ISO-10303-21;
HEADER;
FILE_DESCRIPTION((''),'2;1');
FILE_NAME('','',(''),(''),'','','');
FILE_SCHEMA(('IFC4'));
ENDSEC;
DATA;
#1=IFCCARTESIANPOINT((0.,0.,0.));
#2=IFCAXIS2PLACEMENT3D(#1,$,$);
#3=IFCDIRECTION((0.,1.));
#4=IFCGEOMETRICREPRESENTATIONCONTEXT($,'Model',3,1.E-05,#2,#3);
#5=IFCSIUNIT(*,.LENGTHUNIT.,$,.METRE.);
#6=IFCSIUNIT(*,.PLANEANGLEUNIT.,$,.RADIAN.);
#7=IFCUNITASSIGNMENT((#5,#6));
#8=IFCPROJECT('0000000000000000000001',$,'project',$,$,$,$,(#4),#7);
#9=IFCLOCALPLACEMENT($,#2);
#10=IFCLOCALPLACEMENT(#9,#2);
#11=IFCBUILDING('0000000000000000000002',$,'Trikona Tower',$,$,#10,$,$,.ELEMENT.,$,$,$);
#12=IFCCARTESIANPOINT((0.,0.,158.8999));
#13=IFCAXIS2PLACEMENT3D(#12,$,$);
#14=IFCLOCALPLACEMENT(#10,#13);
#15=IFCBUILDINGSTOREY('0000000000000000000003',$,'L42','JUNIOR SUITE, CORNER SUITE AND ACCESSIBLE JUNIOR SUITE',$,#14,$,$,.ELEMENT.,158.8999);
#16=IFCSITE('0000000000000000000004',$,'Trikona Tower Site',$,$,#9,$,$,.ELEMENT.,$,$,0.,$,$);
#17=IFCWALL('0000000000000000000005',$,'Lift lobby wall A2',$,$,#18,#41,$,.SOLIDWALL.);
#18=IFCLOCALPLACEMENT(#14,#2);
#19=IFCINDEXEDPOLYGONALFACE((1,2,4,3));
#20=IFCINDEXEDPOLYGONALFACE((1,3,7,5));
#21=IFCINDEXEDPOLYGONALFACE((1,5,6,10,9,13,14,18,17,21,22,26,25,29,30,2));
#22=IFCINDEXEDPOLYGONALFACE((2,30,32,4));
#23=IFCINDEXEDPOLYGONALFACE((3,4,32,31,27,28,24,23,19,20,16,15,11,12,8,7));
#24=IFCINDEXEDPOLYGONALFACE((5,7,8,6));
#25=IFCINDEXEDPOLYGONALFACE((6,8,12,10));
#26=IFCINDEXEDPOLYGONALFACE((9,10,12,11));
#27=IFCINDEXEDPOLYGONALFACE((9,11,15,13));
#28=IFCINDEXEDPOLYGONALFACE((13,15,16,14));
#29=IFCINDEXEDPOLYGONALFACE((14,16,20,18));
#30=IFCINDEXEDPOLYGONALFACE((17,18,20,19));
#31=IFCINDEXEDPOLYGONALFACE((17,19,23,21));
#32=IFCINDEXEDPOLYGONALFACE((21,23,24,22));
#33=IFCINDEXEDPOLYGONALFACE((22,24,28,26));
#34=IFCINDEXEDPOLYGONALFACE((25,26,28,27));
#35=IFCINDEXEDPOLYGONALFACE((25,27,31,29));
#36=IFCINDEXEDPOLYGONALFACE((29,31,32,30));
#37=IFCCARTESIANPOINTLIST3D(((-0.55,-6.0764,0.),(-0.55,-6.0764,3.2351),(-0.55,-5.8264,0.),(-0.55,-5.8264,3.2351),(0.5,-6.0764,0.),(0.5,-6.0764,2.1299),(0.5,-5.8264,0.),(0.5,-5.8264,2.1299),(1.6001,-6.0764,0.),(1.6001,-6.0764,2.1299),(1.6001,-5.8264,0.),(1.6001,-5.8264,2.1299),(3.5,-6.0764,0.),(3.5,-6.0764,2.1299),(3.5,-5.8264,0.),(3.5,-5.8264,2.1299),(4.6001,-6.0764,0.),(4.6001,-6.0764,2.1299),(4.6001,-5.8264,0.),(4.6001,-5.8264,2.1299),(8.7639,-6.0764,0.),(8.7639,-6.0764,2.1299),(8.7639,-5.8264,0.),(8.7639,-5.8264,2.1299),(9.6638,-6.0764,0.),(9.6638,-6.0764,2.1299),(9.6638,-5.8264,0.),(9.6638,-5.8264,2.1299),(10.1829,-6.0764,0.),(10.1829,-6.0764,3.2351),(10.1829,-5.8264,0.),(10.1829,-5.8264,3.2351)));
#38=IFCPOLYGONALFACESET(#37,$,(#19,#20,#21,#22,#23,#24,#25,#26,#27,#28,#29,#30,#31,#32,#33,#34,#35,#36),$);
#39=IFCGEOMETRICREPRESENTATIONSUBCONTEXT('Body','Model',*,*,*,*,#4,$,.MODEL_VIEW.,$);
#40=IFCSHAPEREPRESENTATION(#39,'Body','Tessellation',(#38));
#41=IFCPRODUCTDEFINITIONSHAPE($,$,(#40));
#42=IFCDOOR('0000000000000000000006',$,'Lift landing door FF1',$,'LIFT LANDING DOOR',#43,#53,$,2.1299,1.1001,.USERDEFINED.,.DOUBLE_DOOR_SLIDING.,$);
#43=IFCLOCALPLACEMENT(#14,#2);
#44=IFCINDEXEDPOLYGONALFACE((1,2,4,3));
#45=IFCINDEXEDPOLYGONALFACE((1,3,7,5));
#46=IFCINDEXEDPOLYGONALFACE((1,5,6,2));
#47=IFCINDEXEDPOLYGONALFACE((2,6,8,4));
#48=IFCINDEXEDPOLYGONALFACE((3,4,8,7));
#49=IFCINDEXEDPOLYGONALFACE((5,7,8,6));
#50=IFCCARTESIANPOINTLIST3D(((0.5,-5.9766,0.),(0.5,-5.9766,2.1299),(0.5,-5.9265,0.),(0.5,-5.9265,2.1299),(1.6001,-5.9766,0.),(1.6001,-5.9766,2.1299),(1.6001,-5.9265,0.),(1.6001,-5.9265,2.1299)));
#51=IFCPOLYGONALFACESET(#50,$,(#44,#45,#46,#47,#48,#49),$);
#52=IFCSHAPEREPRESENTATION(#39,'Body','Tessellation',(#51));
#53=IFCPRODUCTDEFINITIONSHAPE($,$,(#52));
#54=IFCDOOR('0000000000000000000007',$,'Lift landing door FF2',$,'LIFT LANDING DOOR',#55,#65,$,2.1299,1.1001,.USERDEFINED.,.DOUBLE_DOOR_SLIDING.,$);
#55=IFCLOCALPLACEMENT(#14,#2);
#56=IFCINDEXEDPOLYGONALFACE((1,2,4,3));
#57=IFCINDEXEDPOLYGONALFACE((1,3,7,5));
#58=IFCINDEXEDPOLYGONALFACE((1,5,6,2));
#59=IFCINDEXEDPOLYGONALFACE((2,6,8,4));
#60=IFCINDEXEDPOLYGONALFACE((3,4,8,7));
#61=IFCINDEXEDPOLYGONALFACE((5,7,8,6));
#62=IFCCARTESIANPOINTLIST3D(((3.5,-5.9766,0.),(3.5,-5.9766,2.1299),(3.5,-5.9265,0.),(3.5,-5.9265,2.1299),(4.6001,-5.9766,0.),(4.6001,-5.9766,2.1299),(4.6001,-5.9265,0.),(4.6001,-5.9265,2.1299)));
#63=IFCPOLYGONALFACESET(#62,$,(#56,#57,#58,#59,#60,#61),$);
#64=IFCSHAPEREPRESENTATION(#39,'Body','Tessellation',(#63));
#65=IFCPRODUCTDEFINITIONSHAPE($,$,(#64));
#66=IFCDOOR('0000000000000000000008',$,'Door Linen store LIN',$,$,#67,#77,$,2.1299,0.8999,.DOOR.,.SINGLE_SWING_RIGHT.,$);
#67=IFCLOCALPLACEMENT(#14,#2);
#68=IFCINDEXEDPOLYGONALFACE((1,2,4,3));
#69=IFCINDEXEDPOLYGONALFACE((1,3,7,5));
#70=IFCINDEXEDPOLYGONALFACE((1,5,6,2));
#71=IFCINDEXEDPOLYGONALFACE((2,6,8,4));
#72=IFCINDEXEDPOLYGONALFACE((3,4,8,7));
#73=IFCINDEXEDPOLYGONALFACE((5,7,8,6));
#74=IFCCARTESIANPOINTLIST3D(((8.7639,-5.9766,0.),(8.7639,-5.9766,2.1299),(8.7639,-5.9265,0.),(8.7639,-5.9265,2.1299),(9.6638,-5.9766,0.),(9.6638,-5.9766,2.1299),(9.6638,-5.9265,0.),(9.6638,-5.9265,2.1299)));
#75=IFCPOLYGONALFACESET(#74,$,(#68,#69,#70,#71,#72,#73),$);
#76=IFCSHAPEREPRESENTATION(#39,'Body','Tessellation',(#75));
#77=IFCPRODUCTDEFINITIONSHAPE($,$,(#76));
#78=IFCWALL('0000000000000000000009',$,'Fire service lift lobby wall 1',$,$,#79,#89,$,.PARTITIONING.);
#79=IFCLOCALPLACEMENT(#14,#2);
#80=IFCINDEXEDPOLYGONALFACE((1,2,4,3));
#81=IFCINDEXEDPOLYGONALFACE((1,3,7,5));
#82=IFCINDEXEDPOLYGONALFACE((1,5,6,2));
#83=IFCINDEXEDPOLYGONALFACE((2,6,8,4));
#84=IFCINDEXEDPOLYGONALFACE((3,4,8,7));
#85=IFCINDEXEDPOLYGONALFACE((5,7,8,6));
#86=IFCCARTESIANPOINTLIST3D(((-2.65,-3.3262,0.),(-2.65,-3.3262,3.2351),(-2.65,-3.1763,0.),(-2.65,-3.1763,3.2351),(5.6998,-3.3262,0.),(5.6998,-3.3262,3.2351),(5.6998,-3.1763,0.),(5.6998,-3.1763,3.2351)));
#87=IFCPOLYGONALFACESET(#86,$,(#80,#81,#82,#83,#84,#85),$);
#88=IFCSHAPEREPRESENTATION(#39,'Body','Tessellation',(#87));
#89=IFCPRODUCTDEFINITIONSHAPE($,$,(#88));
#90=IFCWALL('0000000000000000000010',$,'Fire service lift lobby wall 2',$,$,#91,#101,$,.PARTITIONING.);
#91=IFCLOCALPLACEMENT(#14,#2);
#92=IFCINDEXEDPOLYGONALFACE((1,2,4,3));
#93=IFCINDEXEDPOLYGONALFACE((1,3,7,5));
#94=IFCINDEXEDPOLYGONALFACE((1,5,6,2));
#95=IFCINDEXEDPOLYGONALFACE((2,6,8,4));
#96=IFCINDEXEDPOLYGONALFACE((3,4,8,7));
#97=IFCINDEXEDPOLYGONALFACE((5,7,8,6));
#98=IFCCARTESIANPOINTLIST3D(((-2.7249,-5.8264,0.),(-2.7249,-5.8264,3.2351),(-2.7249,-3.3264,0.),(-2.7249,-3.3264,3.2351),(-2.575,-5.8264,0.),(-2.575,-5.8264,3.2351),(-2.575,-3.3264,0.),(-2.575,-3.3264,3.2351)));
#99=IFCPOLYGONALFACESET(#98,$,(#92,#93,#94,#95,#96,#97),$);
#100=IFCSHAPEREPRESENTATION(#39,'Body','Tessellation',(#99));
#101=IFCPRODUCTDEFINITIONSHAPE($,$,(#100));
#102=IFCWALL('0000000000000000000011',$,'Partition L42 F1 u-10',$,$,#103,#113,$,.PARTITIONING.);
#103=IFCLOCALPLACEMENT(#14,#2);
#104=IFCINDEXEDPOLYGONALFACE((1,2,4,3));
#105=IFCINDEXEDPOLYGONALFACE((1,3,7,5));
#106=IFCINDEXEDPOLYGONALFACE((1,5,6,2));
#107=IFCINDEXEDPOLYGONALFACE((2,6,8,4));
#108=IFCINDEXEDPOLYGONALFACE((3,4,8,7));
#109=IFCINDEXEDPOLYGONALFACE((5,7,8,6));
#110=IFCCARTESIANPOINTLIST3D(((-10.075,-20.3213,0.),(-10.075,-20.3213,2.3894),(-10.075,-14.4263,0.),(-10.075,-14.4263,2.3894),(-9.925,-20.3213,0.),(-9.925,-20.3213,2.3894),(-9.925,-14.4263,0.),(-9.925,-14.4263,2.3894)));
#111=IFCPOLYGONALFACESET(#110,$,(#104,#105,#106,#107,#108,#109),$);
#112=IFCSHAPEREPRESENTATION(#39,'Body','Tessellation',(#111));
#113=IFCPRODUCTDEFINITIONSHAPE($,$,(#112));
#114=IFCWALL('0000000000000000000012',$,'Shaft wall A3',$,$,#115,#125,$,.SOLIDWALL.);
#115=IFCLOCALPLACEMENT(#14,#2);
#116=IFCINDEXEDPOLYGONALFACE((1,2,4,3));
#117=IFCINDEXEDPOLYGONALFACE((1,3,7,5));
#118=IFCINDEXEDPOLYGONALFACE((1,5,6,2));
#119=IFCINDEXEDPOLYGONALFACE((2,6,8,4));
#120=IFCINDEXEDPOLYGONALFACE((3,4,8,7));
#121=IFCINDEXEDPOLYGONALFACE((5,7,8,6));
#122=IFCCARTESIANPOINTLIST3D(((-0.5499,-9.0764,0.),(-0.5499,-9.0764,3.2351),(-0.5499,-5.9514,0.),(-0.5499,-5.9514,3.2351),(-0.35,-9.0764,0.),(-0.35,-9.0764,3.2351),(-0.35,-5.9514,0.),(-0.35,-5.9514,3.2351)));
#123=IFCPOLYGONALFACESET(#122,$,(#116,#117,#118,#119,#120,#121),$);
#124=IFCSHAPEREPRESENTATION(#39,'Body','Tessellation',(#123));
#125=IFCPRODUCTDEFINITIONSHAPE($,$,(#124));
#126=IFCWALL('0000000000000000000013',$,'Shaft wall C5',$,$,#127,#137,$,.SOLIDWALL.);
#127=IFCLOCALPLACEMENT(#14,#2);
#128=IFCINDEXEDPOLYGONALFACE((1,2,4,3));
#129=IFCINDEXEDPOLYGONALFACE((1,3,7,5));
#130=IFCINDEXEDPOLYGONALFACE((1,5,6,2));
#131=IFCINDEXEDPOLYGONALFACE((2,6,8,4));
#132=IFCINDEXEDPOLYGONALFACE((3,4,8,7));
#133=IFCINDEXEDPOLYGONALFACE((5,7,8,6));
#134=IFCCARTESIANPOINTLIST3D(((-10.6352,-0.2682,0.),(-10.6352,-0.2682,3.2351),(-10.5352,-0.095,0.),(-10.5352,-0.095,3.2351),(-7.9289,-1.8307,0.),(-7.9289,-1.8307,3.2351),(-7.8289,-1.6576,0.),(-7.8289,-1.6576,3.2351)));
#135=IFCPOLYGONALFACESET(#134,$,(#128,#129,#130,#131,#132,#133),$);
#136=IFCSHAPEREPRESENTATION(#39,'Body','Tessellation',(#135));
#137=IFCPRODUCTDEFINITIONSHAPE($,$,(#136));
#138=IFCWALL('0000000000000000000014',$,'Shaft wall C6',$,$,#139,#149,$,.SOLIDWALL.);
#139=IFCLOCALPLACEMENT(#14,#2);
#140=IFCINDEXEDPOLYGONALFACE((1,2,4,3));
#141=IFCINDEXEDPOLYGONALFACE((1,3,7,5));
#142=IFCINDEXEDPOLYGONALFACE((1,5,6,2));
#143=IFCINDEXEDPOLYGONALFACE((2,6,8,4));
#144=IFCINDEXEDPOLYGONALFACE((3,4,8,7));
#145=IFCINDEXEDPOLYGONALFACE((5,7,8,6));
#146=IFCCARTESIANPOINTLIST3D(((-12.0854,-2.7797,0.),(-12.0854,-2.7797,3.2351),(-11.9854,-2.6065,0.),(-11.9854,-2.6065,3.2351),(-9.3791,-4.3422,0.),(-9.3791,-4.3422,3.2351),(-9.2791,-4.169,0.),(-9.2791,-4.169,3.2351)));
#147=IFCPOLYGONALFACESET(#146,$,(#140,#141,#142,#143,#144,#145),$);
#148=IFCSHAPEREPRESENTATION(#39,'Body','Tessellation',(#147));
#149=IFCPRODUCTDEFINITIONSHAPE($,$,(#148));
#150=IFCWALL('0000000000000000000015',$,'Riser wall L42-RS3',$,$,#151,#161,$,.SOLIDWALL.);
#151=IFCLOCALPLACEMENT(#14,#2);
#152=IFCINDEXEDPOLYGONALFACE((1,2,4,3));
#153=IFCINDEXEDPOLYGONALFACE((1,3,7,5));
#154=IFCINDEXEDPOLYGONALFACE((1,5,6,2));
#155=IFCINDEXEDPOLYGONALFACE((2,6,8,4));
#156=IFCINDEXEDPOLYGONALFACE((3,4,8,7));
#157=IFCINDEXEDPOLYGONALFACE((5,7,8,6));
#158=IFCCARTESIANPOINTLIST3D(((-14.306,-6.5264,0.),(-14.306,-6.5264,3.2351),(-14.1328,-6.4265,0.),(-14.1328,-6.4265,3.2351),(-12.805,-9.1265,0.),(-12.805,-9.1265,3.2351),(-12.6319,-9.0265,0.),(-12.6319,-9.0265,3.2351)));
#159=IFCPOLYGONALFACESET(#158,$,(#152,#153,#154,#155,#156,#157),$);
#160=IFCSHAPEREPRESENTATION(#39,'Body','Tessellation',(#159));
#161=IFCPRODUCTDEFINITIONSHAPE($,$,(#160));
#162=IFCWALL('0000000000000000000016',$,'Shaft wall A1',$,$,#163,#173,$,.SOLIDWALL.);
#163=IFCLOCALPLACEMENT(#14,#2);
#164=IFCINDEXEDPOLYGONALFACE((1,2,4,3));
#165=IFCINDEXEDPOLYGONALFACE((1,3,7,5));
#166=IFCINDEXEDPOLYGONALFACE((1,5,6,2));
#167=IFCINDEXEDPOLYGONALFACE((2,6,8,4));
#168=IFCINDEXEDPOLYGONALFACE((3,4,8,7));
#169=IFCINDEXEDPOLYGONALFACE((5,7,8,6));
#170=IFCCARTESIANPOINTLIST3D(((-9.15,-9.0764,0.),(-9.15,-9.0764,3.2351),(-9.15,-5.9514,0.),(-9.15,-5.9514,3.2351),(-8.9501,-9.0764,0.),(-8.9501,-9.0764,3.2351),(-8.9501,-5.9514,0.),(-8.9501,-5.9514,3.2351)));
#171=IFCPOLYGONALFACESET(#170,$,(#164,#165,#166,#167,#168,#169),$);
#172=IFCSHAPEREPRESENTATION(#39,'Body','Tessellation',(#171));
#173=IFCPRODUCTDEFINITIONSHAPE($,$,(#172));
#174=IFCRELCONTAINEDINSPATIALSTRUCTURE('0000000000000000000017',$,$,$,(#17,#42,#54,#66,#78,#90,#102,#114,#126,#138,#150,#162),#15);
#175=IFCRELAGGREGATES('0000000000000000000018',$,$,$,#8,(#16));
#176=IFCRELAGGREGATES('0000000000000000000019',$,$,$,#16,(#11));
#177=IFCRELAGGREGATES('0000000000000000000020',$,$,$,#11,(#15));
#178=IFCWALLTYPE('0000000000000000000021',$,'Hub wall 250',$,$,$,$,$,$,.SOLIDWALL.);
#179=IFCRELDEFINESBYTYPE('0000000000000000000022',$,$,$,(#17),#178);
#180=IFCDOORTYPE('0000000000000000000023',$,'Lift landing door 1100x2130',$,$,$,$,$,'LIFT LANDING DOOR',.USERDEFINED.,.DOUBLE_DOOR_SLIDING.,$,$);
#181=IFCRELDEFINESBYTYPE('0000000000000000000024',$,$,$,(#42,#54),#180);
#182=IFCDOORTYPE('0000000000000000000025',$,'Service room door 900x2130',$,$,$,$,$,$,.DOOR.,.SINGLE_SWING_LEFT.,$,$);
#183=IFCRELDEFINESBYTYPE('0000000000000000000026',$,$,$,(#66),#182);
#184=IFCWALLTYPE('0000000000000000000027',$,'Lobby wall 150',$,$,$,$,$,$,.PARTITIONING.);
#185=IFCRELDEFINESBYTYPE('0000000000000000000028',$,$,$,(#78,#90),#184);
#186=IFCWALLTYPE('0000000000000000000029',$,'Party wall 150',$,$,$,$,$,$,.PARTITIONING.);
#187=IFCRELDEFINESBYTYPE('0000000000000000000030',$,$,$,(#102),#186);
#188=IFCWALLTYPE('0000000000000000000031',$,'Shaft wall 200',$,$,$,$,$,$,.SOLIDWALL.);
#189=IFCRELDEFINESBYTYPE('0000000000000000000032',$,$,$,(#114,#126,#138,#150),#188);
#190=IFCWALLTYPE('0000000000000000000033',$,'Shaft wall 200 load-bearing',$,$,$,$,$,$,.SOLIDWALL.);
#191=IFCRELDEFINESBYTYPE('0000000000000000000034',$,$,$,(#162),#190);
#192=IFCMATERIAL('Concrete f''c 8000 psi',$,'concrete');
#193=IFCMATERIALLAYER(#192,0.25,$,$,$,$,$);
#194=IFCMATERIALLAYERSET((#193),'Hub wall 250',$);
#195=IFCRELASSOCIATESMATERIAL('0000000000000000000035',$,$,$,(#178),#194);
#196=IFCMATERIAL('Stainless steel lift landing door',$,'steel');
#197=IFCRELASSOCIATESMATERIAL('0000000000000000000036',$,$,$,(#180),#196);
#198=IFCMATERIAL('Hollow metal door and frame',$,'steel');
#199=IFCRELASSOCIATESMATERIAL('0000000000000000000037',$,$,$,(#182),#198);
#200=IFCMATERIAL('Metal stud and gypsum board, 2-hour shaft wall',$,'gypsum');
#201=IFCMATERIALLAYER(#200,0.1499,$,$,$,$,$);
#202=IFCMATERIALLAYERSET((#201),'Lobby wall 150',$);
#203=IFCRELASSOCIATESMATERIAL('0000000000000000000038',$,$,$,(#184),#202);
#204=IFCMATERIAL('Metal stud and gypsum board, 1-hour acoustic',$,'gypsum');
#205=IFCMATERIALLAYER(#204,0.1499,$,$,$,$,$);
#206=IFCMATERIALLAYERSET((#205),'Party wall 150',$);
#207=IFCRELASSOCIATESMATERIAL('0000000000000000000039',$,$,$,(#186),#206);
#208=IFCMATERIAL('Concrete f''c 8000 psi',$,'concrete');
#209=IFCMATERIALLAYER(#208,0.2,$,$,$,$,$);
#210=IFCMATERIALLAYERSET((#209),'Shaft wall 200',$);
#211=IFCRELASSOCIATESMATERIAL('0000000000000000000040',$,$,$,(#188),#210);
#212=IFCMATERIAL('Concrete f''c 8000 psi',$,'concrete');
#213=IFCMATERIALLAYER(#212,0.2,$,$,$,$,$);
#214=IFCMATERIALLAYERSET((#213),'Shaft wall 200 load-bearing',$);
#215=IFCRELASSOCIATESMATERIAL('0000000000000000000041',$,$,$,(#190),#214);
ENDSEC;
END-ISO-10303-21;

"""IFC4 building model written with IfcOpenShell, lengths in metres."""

from ifc_helpers import new_model, si_unit, direction, frame, frame_2d, origin, place, context, subcontext, project, spatial, rectangle, extrude, material, layer, layer_set, type_object, element, fill, save


model = new_model("IFC4")

# Units and contexts
model_context = context("Model", 3, precision=1e-05, world=origin(), true_north=direction((0.0, 1.0)))
body_context = subcontext(model_context, "Body", "Model", "MODEL_VIEW")
ifc_project = project(units=[si_unit("LENGTHUNIT", "METRE"), si_unit("PLANEANGLEUNIT", "RADIAN")], contexts=[model_context])

# Site, building, storey
site_placement = place(None, origin())
site = spatial("IfcSite", under=ifc_project, at=site_placement, Name="Trikona Tower Site", CompositionType="ELEMENT", RefElevation=0.0)
building_placement = place(site_placement, origin())
building = spatial("IfcBuilding", under=site, at=building_placement, Name="Trikona Tower", CompositionType="ELEMENT")
storey_placement = place(building_placement, frame((0.0, 0.0, 158.8999)))
storey = spatial("IfcBuildingStorey", under=building, at=storey_placement, Name="L42", Description="JUNIOR SUITE, CORNER SUITE AND ACCESSIBLE JUNIOR SUITE", CompositionType="ELEMENT", Elevation=158.8999)

# Shared definitions
ifc_material_1 = material(Name="Concrete f'c 8000 psi", Category="concrete")
ifc_layer_1 = layer(ifc_material_1, 0.25)
ifc_layer_set_1 = layer_set([ifc_layer_1], Name="Hub wall 250")
wall_type_1 = type_object("IfcWallType", Name="Hub wall 250", PredefinedType="SOLIDWALL", material=ifc_layer_set_1)

# Wall, openings, doors
wall_1_placement = place(storey_placement, frame((-0.55, -5.9514, 0.0), z_axis=(0.0, 0.0, 1.0), x_axis=(1.0, 0.0, 0.0)))
wall_1 = element("IfcWall", 1, at=wall_1_placement, inside=storey, type_object=wall_type_1, Name="Lift lobby wall A2", PredefinedType="SOLIDWALL", context=body_context, shape_type="SweptSolid", body=[
    extrude(rectangle(XDim=10.7329, YDim=0.25, at=frame_2d((5.3665, 0.0))), origin(), (0.0, 0.0, 1.0), 3.2351),
])
opening_1_placement = place(wall_1_placement, frame((9.314, 0.0, 0.0)))
opening_1 = element("IfcOpeningElement", 2, at=opening_1_placement, cuts=wall_1, PredefinedType="OPENING", context=body_context, shape_type="SweptSolid", body=[
    extrude(rectangle(XDim=0.8999, YDim=2.1299, at=frame_2d((0.45, 1.0649))), frame((0.0, 0.135, 0.0), z_axis=(0.0, -1.0, 0.0), x_axis=(1.0, 0.0, 0.0)), (0.0, 0.0, 1.0), 0.27),
])
opening_2_placement = place(wall_1_placement, frame((1.05, 0.0, 0.0)))
opening_2 = element("IfcOpeningElement", 3, at=opening_2_placement, cuts=wall_1, PredefinedType="OPENING", context=body_context, shape_type="SweptSolid", body=[
    extrude(rectangle(XDim=1.1001, YDim=2.1299, at=frame_2d((0.55, 1.0649))), frame((0.0, 0.135, 0.0), z_axis=(0.0, -1.0, 0.0), x_axis=(1.0, 0.0, 0.0)), (0.0, 0.0, 1.0), 0.27),
])
opening_3_placement = place(wall_1_placement, frame((4.05, 0.0, 0.0)))
opening_3 = element("IfcOpeningElement", 4, at=opening_3_placement, cuts=wall_1, PredefinedType="OPENING", context=body_context, shape_type="SweptSolid", body=[
    extrude(rectangle(XDim=1.1001, YDim=2.1299, at=frame_2d((0.55, 1.0649))), frame((0.0, 0.135, 0.0), z_axis=(0.0, -1.0, 0.0), x_axis=(1.0, 0.0, 0.0)), (0.0, 0.0, 1.0), 0.27),
])
ifc_material_2 = material(Name="Stainless steel lift landing door", Category="steel")
door_type_1 = type_object("IfcDoorType", Name="Lift landing door 1100x2130", ElementType="LIFT LANDING DOOR", OperationType="DOUBLE_DOOR_SLIDING", PredefinedType="USERDEFINED", material=ifc_material_2)
door_1_placement = place(opening_2_placement, origin())
door_1 = element("IfcDoor", 5, at=door_1_placement, inside=storey, type_object=door_type_1, Name="Lift landing door FF1", ObjectType="LIFT LANDING DOOR", OperationType="DOUBLE_DOOR_SLIDING", OverallHeight=2.1299, OverallWidth=1.1001, PredefinedType="USERDEFINED", context=body_context, shape_type="SweptSolid", body=[
    extrude(rectangle(XDim=1.1001, YDim=2.1299, at=frame_2d((0.55, 1.0649))), frame((0.0, 0.0249, 0.0), z_axis=(0.0, -1.0, 0.0), x_axis=(1.0, 0.0, 0.0)), (0.0, 0.0, 1.0), 0.05),
])
fill(opening_2, door_1)
door_2_placement = place(opening_3_placement, origin())
door_2 = element("IfcDoor", 6, at=door_2_placement, inside=storey, type_object=door_type_1, Name="Lift landing door FF2", ObjectType="LIFT LANDING DOOR", OperationType="DOUBLE_DOOR_SLIDING", OverallHeight=2.1299, OverallWidth=1.1001, PredefinedType="USERDEFINED", context=body_context, shape_type="SweptSolid", body=[
    extrude(rectangle(XDim=1.1001, YDim=2.1299, at=frame_2d((0.55, 1.0649))), frame((0.0, 0.0249, 0.0), z_axis=(0.0, -1.0, 0.0), x_axis=(1.0, 0.0, 0.0)), (0.0, 0.0, 1.0), 0.05),
])
fill(opening_3, door_2)
ifc_material_3 = material(Name="Hollow metal door and frame", Category="steel")
door_type_2 = type_object("IfcDoorType", Name="Service room door 900x2130", OperationType="SINGLE_SWING_LEFT", PredefinedType="DOOR", material=ifc_material_3)
door_3_placement = place(opening_1_placement, origin())
door_3 = element("IfcDoor", 7, at=door_3_placement, inside=storey, type_object=door_type_2, Name="Door Linen store LIN", OperationType="SINGLE_SWING_RIGHT", OverallHeight=2.1299, OverallWidth=0.8999, PredefinedType="DOOR", context=body_context, shape_type="SweptSolid", body=[
    extrude(rectangle(XDim=0.8999, YDim=2.1299, at=frame_2d((0.45, 1.0649))), frame((0.0, 0.0249, 0.0), z_axis=(0.0, -1.0, 0.0), x_axis=(1.0, 0.0, 0.0)), (0.0, 0.0, 1.0), 0.05),
])
fill(opening_1, door_3)

# Walls
ifc_material_4 = material(Name="Metal stud and gypsum board, 2-hour shaft wall", Category="gypsum")
ifc_layer_2 = layer(ifc_material_4, 0.1499)
ifc_layer_set_2 = layer_set([ifc_layer_2], Name="Lobby wall 150")
wall_type_2 = type_object("IfcWallType", Name="Lobby wall 150", PredefinedType="PARTITIONING", material=ifc_layer_set_2)
wall_2_placement = place(storey_placement, frame((-2.6499, -3.2512, 0.0), z_axis=(0.0, 0.0, 1.0), x_axis=(1.0, 0.0, 0.0)))
element("IfcWall", 8, at=wall_2_placement, inside=storey, type_object=wall_type_2, Name="Fire service lift lobby wall 1", PredefinedType="PARTITIONING", context=body_context, shape_type="SweptSolid", body=[
    extrude(rectangle(XDim=8.3499, YDim=0.1499, at=frame_2d((4.1748, 0.0))), origin(), (0.0, 0.0, 1.0), 3.2351),
])
wall_3_placement = place(storey_placement, frame((-2.6499, -5.8264, 0.0), z_axis=(0.0, 0.0, 1.0), x_axis=(0.0, 1.0, 0.0)))
element("IfcWall", 9, at=wall_3_placement, inside=storey, type_object=wall_type_2, Name="Fire service lift lobby wall 2", PredefinedType="PARTITIONING", context=body_context, shape_type="SweptSolid", body=[
    extrude(rectangle(XDim=2.5, YDim=0.1499, at=frame_2d((1.25, 0.0))), origin(), (0.0, 0.0, 1.0), 3.2351),
])
ifc_material_5 = material(Name="Metal stud and gypsum board, 1-hour acoustic", Category="gypsum")
ifc_layer_3 = layer(ifc_material_5, 0.1499)
ifc_layer_set_3 = layer_set([ifc_layer_3], Name="Party wall 150")
wall_type_3 = type_object("IfcWallType", Name="Party wall 150", PredefinedType="PARTITIONING", material=ifc_layer_set_3)
wall_4_placement = place(storey_placement, frame((-10.0, -14.4263, 0.0), z_axis=(0.0, 0.0, 1.0), x_axis=(0.0, -1.0, 0.0)))
element("IfcWall", 10, at=wall_4_placement, inside=storey, type_object=wall_type_3, Name="Partition L42 F1 u-10", PredefinedType="PARTITIONING", context=body_context, shape_type="SweptSolid", body=[
    extrude(rectangle(XDim=5.895, YDim=0.1499, at=frame_2d((2.9475, 0.0))), origin(), (0.0, 0.0, 1.0), 2.3894),
])
ifc_material_6 = material(Name="Concrete f'c 8000 psi", Category="concrete")
ifc_layer_4 = layer(ifc_material_6, 0.2)
ifc_layer_set_4 = layer_set([ifc_layer_4], Name="Shaft wall 200")
wall_type_4 = type_object("IfcWallType", Name="Shaft wall 200", PredefinedType="SOLIDWALL", material=ifc_layer_set_4)
for number, where, z_axis, x_axis, name in (
    (11, (-0.45, -5.9514, 0.0), (0.0, 0.0, 1.0), (0.0, -1.0, 0.0), "Shaft wall A3"),
    (12, (-7.8789, -1.7441, 0.0), (0.0, 0.0, 1.0), (-0.866023, 0.500004, 0.0), "Shaft wall C5"),
    (13, (-9.3291, -4.2556, 0.0), (0.0, 0.0, 1.0), (-0.866023, 0.500004, 0.0), "Shaft wall C6"),
):
    element("IfcWall", number, at=place(storey_placement, frame(where, z_axis=z_axis, x_axis=x_axis)), inside=storey, type_object=wall_type_4, Name=name, PredefinedType="SOLIDWALL", context=body_context, shape_type="SweptSolid", body=[
        extrude(rectangle(XDim=3.125, YDim=0.2, at=frame_2d((1.5625, 0.0))), origin(), (0.0, 0.0, 1.0), 3.2351),
    ])
wall_5_placement = place(storey_placement, frame((-12.7185, -9.0764, 0.0), z_axis=(0.0, 0.0, 1.0), x_axis=(-0.499952, 0.866053, 0.0)))
element("IfcWall", 14, at=wall_5_placement, inside=storey, type_object=wall_type_4, Name="Riser wall L42-RS3", PredefinedType="SOLIDWALL", context=body_context, shape_type="SweptSolid", body=[
    extrude(rectangle(XDim=3.0022, YDim=0.2, at=frame_2d((1.501, 0.0))), origin(), (0.0, 0.0, 1.0), 3.2351),
])
ifc_material_7 = material(Name="Concrete f'c 8000 psi", Category="concrete")
ifc_layer_5 = layer(ifc_material_7, 0.2)
ifc_layer_set_5 = layer_set([ifc_layer_5], Name="Shaft wall 200 load-bearing")
wall_type_5 = type_object("IfcWallType", Name="Shaft wall 200 load-bearing", PredefinedType="SOLIDWALL", material=ifc_layer_set_5)
wall_6_placement = place(storey_placement, frame((-9.05, -5.9514, 0.0), z_axis=(0.0, 0.0, 1.0), x_axis=(0.0, -1.0, 0.0)))
element("IfcWall", 15, at=wall_6_placement, inside=storey, type_object=wall_type_5, Name="Shaft wall A1", PredefinedType="SOLIDWALL", context=body_context, shape_type="SweptSolid", body=[
    extrude(rectangle(XDim=3.125, YDim=0.2, at=frame_2d((1.5625, 0.0))), origin(), (0.0, 0.0, 1.0), 3.2351),
])

save(model, "model.ifc")
